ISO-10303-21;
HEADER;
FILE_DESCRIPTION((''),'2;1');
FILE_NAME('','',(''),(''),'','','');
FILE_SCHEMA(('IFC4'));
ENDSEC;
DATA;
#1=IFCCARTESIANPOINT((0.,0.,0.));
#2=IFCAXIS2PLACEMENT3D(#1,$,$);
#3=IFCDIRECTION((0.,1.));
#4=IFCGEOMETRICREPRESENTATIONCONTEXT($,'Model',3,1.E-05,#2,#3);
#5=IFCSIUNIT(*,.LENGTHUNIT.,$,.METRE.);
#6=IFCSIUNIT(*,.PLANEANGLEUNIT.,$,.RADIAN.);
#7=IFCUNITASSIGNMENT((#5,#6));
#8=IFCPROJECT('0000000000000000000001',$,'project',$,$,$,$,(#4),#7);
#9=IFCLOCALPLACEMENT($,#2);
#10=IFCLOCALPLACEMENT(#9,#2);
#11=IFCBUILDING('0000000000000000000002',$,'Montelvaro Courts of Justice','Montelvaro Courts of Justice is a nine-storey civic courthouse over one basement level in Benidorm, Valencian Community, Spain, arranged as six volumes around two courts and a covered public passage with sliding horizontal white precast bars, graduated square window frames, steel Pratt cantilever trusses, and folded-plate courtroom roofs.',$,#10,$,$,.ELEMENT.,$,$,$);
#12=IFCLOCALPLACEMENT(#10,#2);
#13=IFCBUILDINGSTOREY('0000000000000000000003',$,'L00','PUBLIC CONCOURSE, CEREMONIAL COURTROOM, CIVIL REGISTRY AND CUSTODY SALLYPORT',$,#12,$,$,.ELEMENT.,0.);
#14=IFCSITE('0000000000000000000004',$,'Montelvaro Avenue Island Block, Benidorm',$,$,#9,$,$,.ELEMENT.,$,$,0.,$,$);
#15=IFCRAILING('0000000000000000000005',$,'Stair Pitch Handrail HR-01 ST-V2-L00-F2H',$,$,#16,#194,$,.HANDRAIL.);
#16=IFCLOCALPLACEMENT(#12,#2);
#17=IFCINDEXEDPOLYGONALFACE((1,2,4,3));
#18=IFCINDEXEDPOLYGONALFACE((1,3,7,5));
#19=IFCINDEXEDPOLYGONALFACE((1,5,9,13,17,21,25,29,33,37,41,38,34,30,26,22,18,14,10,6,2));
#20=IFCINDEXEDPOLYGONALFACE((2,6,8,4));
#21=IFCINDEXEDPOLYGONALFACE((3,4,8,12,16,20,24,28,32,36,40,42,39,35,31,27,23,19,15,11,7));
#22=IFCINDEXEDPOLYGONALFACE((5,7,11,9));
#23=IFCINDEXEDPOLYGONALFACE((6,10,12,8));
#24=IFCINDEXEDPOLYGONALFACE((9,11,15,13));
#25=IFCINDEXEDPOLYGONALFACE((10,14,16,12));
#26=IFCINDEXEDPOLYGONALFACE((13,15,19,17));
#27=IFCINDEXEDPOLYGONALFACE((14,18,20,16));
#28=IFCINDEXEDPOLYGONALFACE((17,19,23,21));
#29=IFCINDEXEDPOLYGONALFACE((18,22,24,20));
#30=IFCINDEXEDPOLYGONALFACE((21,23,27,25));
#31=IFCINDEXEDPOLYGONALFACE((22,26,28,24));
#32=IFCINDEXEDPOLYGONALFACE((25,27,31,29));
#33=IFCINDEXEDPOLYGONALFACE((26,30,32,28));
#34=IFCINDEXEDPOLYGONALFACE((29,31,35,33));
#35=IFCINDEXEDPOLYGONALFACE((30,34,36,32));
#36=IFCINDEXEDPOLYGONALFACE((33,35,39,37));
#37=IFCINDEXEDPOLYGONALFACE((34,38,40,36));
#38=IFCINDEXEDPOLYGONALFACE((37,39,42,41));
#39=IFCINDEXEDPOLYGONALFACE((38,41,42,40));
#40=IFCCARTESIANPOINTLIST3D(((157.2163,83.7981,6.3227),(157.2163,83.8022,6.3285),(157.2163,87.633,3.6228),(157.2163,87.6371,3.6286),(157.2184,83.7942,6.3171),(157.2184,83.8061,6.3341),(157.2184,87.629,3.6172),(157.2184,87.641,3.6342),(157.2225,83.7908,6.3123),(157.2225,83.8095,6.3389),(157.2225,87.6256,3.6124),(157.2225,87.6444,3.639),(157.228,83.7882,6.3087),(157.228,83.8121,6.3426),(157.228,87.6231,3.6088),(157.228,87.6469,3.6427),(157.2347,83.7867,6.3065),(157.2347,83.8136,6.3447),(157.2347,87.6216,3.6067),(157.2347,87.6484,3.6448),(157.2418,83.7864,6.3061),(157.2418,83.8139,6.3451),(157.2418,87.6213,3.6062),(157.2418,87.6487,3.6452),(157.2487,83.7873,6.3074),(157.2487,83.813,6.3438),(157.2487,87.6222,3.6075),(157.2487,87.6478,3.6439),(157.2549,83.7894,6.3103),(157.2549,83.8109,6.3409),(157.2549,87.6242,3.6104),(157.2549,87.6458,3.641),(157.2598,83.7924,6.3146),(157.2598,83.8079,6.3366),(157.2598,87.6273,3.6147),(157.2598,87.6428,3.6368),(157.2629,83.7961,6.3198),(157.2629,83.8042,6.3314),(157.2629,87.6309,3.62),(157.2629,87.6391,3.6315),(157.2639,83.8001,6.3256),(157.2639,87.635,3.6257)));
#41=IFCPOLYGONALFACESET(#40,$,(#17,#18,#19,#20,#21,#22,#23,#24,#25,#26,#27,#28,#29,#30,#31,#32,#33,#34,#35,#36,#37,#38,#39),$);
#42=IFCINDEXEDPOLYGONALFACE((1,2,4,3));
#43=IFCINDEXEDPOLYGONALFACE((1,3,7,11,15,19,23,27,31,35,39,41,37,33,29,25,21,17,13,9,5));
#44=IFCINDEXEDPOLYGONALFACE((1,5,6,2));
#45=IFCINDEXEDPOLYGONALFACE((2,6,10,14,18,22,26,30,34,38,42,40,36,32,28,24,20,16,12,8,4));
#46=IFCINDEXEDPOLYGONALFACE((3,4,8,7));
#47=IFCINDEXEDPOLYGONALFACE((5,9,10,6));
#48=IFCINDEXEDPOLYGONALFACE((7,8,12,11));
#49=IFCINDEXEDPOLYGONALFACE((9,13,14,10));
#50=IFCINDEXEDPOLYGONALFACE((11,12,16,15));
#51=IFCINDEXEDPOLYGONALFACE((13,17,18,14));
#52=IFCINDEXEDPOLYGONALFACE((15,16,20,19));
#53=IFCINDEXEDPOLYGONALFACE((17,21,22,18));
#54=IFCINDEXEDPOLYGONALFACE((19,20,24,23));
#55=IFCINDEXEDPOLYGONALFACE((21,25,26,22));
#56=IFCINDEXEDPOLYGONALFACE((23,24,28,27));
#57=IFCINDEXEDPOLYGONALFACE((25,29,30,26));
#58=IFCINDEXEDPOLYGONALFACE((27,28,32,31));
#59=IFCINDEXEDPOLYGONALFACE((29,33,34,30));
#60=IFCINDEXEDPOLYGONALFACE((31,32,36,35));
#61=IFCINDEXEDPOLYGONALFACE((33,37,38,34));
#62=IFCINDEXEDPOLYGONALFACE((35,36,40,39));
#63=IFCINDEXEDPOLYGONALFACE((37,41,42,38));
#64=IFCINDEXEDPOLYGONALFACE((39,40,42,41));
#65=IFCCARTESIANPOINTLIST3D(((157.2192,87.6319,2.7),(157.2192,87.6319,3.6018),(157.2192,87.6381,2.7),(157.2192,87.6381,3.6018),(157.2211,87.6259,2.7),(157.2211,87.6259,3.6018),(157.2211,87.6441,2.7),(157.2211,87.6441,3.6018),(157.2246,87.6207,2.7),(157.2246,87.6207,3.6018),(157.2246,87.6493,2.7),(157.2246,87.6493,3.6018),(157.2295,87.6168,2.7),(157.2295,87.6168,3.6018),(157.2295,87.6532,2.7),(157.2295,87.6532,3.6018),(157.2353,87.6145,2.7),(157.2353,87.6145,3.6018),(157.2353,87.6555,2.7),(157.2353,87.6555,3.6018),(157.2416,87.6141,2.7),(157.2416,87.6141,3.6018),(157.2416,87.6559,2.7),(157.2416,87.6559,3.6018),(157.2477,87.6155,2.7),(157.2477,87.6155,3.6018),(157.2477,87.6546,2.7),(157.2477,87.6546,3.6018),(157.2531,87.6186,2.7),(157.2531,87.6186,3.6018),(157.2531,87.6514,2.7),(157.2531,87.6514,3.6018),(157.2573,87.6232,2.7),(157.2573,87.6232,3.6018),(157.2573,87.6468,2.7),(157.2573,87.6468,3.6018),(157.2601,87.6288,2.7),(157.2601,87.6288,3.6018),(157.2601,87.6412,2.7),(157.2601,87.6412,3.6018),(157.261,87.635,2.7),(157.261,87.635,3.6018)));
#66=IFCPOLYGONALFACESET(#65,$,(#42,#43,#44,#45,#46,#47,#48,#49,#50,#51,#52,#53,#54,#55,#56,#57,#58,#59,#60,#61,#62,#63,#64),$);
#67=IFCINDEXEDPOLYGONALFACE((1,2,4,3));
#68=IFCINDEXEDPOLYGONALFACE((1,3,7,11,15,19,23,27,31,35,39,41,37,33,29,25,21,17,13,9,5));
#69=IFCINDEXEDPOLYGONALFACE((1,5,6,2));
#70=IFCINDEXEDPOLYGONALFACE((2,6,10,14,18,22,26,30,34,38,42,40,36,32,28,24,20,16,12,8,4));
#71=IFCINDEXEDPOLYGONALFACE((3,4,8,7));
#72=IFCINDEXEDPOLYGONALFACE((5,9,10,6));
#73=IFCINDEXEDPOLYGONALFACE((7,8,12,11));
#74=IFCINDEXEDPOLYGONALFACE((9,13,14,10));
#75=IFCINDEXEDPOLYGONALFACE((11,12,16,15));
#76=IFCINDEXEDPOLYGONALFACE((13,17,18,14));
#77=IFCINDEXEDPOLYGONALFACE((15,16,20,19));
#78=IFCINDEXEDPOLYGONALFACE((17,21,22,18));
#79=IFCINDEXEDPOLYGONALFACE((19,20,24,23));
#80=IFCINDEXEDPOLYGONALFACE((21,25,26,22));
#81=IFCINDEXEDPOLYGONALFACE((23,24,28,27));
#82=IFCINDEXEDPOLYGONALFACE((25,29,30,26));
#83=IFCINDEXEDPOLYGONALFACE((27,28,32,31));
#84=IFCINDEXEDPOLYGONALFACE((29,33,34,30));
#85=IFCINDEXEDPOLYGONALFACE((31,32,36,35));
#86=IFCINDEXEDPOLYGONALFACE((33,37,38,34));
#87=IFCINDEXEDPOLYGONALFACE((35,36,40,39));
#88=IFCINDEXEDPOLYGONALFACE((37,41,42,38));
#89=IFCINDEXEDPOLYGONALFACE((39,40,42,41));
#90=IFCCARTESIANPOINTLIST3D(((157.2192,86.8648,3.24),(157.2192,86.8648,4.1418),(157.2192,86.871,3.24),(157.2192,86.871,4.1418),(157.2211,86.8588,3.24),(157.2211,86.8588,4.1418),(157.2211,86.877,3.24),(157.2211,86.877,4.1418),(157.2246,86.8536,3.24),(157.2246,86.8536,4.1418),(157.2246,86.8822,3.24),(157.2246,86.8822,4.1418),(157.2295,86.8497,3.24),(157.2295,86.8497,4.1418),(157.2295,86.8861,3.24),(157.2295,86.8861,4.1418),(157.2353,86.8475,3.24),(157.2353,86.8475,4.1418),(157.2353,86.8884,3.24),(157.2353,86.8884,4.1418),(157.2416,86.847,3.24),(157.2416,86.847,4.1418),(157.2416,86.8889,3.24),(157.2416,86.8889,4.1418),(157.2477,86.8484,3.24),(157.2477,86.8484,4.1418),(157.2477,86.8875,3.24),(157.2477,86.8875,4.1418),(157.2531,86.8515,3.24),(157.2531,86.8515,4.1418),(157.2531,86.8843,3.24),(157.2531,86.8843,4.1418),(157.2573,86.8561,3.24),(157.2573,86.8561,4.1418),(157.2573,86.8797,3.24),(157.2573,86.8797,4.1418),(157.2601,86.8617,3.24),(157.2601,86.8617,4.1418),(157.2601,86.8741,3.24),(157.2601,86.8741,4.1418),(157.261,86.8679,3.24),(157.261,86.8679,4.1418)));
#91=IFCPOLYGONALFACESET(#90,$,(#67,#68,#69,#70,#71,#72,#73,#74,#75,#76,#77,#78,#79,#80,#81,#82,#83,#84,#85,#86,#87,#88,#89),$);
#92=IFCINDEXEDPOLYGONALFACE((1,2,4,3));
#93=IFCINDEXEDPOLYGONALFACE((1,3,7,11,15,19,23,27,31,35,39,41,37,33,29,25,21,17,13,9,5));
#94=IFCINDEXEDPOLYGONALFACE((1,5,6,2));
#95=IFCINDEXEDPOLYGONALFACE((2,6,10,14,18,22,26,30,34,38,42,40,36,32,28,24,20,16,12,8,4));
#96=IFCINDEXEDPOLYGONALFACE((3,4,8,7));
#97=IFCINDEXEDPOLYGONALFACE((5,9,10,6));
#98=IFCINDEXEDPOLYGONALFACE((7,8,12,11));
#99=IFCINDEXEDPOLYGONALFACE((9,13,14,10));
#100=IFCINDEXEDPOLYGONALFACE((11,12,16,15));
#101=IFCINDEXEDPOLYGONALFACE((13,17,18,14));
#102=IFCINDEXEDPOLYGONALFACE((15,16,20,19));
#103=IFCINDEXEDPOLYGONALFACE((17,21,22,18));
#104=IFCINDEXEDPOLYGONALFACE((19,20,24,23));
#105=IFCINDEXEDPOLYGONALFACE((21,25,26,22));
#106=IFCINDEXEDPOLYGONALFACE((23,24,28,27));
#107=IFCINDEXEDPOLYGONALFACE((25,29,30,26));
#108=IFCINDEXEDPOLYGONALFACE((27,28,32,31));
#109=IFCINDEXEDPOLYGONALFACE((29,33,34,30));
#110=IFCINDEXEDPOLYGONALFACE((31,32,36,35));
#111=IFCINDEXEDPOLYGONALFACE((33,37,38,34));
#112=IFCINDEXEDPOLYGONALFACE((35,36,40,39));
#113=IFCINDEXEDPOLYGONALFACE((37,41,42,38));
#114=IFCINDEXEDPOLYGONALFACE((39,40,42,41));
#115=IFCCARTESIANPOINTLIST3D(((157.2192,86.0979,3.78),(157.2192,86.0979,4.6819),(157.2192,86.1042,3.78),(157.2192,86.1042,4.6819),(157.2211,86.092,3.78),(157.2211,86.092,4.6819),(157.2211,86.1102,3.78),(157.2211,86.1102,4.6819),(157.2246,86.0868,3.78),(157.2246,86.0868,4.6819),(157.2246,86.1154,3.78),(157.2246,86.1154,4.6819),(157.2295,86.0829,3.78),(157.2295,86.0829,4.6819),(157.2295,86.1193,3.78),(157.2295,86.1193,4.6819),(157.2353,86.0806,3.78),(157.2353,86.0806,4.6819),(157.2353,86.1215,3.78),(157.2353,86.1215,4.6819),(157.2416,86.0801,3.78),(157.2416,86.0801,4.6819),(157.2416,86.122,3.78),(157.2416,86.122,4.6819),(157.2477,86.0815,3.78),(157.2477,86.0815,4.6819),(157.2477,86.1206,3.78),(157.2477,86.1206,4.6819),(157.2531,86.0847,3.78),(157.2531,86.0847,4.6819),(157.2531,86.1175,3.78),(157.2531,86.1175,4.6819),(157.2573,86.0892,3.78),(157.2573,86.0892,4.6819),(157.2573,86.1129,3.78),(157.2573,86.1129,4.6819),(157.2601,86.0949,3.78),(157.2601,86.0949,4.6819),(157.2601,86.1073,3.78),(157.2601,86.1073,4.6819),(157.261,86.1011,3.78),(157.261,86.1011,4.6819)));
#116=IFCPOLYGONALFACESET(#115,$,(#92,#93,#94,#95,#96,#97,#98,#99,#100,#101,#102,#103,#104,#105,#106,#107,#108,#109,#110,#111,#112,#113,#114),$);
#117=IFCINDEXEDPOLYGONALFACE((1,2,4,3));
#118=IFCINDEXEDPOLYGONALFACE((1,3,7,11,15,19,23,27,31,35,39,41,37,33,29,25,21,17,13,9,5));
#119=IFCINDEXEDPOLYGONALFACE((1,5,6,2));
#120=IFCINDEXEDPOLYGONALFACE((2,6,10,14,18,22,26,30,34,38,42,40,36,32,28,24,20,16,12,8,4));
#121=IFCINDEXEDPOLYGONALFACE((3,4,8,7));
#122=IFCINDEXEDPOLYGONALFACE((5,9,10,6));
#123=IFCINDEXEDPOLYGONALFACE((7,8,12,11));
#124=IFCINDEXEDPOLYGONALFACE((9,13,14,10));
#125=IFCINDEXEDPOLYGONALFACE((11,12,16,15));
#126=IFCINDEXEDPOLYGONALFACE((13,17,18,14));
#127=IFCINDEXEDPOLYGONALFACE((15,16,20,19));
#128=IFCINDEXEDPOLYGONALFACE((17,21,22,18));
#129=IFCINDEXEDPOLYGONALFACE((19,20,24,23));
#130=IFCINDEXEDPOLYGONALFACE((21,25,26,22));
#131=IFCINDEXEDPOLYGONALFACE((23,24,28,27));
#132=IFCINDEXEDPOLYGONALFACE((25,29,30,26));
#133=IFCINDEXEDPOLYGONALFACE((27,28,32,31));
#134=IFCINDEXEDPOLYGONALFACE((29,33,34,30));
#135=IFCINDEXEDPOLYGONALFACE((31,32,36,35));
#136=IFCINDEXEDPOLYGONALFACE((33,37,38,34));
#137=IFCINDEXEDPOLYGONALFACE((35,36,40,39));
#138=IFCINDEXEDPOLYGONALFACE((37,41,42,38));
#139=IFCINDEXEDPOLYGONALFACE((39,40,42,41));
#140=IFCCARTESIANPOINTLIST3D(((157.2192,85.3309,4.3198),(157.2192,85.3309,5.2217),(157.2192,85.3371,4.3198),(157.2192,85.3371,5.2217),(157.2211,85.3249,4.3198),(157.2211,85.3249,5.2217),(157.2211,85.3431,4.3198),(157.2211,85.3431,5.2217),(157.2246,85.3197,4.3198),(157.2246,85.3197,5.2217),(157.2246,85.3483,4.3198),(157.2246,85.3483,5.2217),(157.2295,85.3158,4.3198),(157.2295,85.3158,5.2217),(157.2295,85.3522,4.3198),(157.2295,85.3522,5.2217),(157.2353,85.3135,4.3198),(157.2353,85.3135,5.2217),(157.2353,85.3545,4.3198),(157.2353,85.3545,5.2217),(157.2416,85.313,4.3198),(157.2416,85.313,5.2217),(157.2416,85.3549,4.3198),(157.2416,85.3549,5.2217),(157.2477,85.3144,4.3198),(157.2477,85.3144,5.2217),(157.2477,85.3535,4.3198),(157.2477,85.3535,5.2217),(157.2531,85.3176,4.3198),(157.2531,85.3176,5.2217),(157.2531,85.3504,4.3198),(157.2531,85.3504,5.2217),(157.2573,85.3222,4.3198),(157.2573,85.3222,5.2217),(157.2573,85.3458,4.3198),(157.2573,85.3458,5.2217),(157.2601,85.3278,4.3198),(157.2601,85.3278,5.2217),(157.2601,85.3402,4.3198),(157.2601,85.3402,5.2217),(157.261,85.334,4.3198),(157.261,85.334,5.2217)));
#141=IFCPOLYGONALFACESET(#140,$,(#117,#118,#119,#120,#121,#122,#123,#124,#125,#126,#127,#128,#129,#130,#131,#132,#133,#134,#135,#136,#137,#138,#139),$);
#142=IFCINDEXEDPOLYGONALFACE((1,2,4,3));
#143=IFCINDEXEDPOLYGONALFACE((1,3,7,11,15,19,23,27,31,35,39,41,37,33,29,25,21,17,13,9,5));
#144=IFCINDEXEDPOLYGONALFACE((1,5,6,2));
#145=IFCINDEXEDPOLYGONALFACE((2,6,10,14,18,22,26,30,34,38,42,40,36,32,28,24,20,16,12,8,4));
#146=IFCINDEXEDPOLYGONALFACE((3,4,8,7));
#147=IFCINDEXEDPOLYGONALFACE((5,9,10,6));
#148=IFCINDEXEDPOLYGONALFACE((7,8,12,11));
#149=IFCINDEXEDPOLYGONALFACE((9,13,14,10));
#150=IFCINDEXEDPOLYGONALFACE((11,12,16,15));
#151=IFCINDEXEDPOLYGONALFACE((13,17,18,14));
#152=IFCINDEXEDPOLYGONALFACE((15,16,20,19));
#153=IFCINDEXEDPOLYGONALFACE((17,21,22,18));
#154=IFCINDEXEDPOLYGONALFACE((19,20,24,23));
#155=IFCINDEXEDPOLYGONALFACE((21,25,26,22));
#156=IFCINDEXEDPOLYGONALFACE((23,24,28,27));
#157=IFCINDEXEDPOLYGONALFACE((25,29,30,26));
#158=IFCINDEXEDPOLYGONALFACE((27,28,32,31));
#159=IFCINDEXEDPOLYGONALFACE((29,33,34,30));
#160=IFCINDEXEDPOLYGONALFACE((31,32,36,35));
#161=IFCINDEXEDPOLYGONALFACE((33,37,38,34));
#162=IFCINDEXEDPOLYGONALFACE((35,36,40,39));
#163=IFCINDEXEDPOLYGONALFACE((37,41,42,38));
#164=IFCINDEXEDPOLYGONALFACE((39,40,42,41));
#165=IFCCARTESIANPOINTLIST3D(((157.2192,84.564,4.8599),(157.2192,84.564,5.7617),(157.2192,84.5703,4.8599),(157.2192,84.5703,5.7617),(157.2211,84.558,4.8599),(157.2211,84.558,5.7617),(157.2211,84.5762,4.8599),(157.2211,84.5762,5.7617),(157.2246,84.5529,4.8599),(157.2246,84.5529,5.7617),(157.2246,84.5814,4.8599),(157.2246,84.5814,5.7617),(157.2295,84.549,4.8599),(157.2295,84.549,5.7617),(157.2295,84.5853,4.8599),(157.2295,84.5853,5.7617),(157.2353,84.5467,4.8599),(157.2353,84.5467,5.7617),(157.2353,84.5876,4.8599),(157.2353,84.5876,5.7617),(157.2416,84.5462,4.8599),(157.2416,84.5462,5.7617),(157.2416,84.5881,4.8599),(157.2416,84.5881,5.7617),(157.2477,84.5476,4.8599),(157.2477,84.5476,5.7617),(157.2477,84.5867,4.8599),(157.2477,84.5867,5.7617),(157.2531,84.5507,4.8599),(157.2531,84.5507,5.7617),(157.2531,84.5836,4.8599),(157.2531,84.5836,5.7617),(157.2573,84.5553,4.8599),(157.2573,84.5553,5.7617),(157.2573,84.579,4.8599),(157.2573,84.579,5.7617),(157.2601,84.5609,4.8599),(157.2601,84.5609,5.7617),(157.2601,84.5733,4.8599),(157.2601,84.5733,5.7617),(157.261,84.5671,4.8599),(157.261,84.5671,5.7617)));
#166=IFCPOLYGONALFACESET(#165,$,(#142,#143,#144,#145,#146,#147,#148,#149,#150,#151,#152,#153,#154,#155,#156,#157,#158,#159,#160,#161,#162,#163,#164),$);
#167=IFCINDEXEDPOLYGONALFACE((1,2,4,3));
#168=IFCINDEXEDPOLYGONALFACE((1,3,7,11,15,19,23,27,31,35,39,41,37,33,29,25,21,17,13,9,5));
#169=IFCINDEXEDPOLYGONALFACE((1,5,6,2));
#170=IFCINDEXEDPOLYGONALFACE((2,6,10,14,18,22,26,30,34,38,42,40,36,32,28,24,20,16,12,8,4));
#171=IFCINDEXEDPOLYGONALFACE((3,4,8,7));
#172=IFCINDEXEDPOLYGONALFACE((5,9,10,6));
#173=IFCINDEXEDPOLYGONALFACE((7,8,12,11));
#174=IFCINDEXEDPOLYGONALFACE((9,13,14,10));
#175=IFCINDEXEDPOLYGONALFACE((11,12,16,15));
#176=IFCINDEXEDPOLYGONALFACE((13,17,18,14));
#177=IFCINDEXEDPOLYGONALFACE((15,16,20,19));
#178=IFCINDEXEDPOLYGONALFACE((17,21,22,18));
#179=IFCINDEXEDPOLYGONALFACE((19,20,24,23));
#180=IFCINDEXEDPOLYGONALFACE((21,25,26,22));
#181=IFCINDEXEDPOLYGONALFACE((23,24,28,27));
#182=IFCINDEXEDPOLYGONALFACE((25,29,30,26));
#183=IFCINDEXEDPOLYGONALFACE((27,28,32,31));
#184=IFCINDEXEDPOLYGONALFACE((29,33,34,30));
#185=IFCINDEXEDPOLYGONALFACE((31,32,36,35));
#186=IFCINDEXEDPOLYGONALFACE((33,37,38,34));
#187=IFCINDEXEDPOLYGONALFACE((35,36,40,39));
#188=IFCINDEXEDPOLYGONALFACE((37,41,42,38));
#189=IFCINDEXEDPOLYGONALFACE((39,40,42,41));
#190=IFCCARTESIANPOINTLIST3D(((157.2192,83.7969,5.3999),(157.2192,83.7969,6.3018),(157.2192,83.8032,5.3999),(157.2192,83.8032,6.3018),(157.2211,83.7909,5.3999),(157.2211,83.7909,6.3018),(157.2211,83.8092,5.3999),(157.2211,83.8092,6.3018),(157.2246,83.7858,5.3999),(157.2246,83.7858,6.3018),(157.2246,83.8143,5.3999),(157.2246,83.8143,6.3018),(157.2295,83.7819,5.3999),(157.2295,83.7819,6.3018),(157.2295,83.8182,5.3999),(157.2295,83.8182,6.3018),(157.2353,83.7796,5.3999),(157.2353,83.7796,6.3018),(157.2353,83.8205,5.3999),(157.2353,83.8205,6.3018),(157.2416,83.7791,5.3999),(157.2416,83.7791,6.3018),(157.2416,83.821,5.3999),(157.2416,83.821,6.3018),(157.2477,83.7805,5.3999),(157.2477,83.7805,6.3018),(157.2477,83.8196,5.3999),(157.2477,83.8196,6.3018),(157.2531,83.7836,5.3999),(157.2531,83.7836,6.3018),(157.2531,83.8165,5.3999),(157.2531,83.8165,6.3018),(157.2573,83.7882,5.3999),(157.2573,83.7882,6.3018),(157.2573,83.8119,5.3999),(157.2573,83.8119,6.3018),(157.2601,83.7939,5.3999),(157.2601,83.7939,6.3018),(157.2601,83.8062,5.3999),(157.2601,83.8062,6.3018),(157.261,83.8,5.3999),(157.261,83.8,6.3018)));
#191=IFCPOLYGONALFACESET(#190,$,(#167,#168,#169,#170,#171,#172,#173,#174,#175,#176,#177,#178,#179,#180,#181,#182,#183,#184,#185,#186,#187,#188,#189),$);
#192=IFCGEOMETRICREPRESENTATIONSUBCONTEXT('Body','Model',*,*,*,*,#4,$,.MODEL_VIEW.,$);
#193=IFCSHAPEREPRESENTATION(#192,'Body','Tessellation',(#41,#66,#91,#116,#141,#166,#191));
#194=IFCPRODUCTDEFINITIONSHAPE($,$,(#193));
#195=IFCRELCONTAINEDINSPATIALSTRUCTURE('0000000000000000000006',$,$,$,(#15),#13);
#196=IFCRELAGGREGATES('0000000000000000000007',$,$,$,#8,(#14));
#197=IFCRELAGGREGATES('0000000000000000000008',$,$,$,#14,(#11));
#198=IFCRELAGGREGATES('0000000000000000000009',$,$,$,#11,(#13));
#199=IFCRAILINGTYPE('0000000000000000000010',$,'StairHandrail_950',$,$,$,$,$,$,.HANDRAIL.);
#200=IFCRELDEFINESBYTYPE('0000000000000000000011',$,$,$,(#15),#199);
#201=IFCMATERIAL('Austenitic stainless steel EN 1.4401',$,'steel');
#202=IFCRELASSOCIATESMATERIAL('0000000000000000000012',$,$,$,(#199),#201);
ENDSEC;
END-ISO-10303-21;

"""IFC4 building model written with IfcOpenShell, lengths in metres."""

from ifc_helpers import new_model, si_unit, direction, frame, origin, origin_2d, place, context, subcontext, project, spatial, circle, extrude, material, type_object, element, save


model = new_model("IFC4")

# Units and contexts
model_context = context("Model", 3, precision=1e-05, world=origin(), true_north=direction((0.0, 1.0)))
body_context = subcontext(model_context, "Body", "Model", "MODEL_VIEW")
ifc_project = project(units=[si_unit("LENGTHUNIT", "METRE"), si_unit("PLANEANGLEUNIT", "RADIAN")], contexts=[model_context])

# Site, building, storey
site_placement = place(None, origin())
site = spatial("IfcSite", under=ifc_project, at=site_placement, Name="Montelvaro Avenue Island Block, Benidorm", CompositionType="ELEMENT", RefElevation=0.0)
building_placement = place(site_placement, origin())
building = spatial("IfcBuilding", under=site, at=building_placement, Name="Montelvaro Courts of Justice", Description="Montelvaro Courts of Justice is a nine-storey civic courthouse over one basement level in Benidorm, Valencian Community, Spain, arranged as six volumes around two courts and a covered public passage with sliding horizontal white precast bars, graduated square window frames, steel Pratt cantilever trusses, and folded-plate courtroom roofs.", CompositionType="ELEMENT")
storey_placement = place(building_placement, origin())
storey = spatial("IfcBuildingStorey", under=building, at=storey_placement, Name="L00", Description="PUBLIC CONCOURSE, CEREMONIAL COURTROOM, CIVIL REGISTRY AND CUSTODY SALLYPORT", CompositionType="ELEMENT", Elevation=0.0)

# Railing
ifc_material_1 = material(Name="Austenitic stainless steel EN 1.4401", Category="steel")
railing_type = type_object("IfcRailingType", Name="StairHandrail_950", PredefinedType="HANDRAIL", material=ifc_material_1)
railing_placement = place(storey_placement, frame((157.24, 87.635, 2.7)))
element("IfcRailing", 1, at=railing_placement, inside=storey, type_object=railing_type, Name="Stair Pitch Handrail HR-01 ST-V2-L00-F2H", PredefinedType="HANDRAIL", context=body_context, shape_type="SweptSolid", body=[
    extrude(circle(Radius=0.0239, at=origin_2d()), frame((0.0, 0.0, 0.9258), z_axis=(0.0, -0.817678, 0.575675), x_axis=(1.0, 0.0, 0.0)), (0.0, 0.0, 1.0), 4.6899),
    extrude(circle(Radius=0.021, at=origin_2d()), origin(), (0.0, 0.0, 1.0), 0.9019),
    extrude(circle(Radius=0.021, at=origin_2d()), frame((0.0, -0.7671, 0.54)), (0.0, 0.0, 1.0), 0.9019),
    extrude(circle(Radius=0.021, at=origin_2d()), frame((0.0, -1.5339, 1.0801)), (0.0, 0.0, 1.0), 0.9019),
    extrude(circle(Radius=0.021, at=origin_2d()), frame((0.0, -2.301, 1.6199)), (0.0, 0.0, 1.0), 0.9019),
    extrude(circle(Radius=0.021, at=origin_2d()), frame((0.0, -3.0679, 2.1599)), (0.0, 0.0, 1.0), 0.9019),
    extrude(circle(Radius=0.021, at=origin_2d()), frame((0.0, -3.835, 2.7)), (0.0, 0.0, 1.0), 0.9019),
])

save(model, "model.ifc")
